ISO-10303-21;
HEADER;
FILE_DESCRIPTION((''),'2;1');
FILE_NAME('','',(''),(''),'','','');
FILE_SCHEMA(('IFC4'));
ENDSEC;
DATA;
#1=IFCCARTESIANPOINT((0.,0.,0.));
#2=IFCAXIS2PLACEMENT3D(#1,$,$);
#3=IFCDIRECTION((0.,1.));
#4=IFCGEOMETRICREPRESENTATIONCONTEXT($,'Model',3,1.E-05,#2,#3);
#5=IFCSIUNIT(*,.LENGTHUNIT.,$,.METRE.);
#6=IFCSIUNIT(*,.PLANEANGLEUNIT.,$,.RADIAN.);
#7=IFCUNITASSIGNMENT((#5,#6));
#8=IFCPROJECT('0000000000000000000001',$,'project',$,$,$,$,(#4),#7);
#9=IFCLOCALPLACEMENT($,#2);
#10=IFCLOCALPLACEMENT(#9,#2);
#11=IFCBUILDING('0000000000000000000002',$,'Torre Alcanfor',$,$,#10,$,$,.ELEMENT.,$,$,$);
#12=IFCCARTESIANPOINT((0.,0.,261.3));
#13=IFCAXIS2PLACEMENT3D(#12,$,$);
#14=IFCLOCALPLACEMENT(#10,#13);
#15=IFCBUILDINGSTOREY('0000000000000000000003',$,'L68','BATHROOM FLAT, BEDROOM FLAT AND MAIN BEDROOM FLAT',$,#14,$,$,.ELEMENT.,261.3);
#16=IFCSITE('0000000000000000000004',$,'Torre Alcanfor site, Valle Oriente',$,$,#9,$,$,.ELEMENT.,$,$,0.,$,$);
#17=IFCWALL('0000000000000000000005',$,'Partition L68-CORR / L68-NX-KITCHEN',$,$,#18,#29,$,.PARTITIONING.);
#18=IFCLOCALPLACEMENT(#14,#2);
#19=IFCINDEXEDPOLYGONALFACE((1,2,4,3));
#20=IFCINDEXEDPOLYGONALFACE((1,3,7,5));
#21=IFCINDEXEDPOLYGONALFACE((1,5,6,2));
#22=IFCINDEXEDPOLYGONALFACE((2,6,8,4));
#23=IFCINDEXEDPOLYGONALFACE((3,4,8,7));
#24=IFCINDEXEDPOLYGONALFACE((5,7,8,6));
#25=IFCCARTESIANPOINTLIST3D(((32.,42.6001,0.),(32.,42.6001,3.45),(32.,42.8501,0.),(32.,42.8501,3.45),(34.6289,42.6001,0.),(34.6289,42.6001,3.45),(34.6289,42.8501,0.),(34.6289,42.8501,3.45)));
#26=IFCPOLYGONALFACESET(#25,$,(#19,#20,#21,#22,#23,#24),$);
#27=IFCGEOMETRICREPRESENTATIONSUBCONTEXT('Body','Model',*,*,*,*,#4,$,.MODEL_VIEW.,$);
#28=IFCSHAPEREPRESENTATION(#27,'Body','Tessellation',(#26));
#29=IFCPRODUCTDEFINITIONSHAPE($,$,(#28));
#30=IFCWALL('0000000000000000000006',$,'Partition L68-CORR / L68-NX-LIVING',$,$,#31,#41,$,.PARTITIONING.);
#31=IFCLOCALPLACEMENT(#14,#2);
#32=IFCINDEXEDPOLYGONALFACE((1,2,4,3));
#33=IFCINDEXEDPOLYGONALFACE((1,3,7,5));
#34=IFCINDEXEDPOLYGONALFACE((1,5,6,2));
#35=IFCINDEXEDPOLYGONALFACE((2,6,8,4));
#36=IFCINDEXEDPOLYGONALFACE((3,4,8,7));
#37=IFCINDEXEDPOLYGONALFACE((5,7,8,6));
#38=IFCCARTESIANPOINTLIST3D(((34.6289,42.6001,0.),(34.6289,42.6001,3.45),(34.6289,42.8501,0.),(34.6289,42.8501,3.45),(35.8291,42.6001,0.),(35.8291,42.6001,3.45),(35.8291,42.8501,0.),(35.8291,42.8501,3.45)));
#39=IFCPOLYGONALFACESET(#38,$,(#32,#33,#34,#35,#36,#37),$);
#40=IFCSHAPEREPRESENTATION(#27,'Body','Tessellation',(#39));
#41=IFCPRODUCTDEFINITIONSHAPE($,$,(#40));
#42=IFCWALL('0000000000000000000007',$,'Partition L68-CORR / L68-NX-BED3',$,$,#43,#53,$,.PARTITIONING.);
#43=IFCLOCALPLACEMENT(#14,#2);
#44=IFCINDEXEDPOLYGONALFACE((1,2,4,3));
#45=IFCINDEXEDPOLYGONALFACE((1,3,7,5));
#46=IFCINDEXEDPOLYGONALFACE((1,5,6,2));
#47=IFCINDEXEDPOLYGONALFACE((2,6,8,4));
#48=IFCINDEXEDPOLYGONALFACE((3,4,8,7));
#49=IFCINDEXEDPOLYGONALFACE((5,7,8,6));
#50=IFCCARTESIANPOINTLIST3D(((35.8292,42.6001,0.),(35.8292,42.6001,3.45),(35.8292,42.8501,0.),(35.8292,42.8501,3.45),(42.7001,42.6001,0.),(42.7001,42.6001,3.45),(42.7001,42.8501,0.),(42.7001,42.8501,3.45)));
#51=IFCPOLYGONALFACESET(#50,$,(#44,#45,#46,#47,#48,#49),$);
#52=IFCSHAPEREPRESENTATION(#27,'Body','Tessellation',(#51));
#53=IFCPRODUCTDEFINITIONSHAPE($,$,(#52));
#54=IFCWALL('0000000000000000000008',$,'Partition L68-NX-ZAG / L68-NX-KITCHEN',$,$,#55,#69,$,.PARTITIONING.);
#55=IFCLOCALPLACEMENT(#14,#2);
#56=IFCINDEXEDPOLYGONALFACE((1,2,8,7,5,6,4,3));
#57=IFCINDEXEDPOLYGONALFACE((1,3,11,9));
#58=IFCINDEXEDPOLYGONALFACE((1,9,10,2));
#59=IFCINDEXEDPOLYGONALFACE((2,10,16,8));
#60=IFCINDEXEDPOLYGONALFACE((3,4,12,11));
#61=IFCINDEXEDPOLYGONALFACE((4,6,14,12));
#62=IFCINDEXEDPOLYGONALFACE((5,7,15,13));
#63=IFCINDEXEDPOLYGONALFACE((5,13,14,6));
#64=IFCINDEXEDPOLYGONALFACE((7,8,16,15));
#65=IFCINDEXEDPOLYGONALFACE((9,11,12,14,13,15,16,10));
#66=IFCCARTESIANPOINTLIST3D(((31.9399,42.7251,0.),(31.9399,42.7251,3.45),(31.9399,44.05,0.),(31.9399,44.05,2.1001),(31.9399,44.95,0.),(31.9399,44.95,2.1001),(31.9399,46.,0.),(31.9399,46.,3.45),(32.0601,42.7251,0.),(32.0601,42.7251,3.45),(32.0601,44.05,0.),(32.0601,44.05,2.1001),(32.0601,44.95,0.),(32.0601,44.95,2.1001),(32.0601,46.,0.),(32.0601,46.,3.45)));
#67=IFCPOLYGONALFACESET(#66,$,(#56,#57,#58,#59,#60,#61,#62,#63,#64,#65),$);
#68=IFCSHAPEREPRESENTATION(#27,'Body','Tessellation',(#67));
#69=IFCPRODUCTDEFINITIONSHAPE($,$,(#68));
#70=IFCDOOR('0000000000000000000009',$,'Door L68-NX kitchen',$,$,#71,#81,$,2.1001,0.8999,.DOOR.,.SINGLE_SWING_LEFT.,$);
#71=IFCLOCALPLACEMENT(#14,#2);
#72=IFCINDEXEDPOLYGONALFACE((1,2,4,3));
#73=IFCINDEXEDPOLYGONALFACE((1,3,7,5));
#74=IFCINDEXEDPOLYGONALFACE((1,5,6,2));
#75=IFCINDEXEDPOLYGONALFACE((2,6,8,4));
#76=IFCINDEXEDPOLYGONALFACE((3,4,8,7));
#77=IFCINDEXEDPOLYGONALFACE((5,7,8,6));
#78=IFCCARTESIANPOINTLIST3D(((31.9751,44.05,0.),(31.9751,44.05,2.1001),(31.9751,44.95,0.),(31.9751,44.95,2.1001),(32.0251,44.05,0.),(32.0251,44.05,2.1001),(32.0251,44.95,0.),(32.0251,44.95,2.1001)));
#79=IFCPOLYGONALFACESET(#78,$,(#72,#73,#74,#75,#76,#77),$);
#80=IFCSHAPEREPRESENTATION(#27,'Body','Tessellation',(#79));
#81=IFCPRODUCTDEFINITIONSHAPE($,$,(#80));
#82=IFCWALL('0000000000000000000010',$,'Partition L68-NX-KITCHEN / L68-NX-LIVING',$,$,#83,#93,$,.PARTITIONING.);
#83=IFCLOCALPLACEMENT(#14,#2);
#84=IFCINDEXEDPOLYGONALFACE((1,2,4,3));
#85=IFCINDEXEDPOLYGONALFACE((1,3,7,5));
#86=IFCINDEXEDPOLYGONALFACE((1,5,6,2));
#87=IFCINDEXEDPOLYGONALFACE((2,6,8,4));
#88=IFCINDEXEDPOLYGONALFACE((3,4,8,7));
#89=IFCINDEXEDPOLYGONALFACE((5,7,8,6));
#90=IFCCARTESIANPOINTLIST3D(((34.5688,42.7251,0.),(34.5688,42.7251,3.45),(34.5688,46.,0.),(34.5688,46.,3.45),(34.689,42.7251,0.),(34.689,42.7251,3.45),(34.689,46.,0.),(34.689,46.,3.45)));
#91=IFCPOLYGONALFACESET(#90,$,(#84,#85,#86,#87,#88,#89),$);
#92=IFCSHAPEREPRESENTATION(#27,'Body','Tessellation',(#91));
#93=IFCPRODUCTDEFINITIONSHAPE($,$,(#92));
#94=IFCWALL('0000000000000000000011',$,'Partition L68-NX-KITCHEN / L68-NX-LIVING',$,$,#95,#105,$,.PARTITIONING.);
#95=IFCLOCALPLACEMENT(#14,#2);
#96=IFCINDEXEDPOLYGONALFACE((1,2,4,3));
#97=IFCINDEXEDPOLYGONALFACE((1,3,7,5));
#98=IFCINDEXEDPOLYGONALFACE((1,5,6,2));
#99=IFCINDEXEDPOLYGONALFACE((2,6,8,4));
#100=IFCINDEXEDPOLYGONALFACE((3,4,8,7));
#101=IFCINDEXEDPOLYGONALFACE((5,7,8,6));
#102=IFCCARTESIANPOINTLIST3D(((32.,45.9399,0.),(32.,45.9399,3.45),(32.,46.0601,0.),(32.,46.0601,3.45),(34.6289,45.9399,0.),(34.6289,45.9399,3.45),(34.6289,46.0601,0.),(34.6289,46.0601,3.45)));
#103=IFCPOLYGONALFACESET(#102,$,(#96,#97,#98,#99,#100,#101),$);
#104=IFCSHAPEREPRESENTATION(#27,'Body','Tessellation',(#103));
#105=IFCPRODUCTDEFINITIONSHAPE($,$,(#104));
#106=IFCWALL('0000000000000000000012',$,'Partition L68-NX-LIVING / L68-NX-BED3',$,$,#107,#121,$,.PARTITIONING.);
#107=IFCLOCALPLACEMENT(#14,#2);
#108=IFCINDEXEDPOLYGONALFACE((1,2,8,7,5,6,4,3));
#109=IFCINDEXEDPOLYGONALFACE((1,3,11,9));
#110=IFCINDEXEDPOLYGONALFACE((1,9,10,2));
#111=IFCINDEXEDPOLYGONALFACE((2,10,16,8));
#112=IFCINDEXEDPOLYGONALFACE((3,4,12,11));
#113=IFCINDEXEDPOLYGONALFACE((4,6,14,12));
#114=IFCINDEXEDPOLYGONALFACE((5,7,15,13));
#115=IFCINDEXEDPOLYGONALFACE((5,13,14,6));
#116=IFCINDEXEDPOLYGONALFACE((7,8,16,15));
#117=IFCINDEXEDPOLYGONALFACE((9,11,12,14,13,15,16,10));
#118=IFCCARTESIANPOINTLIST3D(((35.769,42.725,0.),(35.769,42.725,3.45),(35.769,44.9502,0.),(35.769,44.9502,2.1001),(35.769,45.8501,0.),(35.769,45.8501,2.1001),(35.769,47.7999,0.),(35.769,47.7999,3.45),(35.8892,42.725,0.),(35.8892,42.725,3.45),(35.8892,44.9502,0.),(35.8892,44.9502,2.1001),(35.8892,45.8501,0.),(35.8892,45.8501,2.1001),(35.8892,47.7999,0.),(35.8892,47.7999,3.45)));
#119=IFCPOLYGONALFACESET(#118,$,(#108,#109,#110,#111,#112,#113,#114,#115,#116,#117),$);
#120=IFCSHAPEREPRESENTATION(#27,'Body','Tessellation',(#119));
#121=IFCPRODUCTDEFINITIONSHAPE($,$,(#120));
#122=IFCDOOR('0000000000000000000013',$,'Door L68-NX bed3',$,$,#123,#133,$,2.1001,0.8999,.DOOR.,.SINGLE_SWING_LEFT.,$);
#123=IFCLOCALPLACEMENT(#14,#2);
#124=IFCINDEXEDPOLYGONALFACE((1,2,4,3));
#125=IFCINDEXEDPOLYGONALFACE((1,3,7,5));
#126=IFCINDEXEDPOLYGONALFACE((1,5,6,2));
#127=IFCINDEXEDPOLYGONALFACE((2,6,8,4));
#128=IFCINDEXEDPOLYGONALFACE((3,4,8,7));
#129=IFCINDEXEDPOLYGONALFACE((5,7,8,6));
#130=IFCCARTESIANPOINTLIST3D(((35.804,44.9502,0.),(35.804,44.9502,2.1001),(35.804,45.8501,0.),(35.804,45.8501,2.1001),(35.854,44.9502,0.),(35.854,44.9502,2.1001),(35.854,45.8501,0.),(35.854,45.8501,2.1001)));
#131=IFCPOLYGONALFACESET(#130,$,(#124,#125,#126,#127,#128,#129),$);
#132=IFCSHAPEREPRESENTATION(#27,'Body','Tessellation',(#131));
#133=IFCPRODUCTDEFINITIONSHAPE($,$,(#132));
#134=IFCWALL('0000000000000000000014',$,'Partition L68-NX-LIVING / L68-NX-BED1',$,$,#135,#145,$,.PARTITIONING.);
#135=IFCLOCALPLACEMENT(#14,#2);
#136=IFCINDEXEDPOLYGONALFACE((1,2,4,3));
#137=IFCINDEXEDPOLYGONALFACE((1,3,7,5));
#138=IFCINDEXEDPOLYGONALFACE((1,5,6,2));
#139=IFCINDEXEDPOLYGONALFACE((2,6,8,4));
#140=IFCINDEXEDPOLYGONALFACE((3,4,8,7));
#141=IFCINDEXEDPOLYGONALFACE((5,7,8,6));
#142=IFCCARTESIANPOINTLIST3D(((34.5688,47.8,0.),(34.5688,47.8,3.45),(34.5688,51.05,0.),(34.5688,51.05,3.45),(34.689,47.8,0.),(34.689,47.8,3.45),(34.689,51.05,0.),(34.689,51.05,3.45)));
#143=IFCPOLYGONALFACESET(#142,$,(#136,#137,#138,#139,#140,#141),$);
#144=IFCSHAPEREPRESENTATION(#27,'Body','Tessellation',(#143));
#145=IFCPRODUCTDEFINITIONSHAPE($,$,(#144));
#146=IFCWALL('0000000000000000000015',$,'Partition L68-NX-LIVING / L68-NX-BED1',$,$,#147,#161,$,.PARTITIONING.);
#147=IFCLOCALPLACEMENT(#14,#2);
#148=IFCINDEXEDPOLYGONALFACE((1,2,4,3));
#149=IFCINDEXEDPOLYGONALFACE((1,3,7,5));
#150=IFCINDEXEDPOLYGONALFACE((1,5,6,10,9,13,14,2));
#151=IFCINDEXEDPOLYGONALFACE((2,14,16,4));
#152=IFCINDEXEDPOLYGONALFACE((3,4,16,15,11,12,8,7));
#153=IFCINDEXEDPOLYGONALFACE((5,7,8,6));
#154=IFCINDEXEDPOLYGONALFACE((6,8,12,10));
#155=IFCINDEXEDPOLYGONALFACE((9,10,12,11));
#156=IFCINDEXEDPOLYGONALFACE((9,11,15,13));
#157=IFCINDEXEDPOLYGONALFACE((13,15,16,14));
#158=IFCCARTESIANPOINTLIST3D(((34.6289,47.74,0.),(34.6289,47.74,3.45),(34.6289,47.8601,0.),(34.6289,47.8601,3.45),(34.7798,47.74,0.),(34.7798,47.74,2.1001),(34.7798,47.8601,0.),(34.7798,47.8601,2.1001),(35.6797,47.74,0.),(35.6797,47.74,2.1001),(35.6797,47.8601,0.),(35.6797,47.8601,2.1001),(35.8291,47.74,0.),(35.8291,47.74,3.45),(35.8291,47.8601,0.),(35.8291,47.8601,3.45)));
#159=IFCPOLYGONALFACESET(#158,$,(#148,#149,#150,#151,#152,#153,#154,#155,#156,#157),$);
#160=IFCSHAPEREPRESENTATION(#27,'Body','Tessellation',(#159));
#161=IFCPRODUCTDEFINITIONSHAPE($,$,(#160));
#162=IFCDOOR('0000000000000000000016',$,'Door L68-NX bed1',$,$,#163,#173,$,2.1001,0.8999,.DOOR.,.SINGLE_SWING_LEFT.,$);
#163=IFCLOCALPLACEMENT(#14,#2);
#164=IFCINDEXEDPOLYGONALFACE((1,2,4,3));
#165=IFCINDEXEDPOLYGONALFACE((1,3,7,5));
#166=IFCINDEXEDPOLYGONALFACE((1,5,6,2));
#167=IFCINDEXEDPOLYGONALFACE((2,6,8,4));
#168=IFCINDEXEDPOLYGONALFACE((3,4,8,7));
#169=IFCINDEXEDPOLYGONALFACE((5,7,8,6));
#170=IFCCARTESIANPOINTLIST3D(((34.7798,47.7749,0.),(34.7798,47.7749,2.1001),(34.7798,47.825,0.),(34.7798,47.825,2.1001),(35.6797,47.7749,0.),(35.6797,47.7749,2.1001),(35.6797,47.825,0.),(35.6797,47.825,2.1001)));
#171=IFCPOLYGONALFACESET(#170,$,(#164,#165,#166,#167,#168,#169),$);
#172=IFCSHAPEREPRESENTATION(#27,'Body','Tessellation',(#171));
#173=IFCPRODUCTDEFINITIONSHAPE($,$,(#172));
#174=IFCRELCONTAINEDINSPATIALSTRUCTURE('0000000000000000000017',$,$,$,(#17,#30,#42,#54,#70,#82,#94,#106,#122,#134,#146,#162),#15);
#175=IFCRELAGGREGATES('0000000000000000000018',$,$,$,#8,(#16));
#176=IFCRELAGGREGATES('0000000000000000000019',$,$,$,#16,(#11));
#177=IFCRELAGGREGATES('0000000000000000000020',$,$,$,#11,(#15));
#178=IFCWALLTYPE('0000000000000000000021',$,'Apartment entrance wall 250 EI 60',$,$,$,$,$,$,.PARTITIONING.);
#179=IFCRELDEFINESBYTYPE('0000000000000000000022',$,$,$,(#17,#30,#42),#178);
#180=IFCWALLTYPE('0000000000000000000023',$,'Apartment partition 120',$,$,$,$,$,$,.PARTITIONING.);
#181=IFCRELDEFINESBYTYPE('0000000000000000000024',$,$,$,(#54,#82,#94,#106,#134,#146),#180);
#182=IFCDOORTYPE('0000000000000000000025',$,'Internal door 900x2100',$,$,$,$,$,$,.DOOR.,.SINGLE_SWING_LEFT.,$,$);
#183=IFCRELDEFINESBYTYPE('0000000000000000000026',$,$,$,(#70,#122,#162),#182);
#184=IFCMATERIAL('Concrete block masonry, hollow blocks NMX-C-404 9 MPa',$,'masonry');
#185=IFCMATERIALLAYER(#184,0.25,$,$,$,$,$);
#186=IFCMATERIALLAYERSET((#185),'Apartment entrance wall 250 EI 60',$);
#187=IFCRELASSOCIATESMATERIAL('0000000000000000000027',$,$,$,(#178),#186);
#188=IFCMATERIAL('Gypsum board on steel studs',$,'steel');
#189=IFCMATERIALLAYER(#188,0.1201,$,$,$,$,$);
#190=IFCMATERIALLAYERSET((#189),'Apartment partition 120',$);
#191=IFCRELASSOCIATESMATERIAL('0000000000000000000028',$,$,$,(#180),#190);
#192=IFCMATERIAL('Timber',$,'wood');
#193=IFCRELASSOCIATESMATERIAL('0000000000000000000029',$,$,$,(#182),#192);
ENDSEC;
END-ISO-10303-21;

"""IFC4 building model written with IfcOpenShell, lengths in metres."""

from ifc_helpers import new_model, si_unit, direction, frame, frame_2d, origin, place, context, subcontext, project, spatial, rectangle, extrude, material, layer, layer_set, type_object, element, fill, save


model = new_model("IFC4")

# Units and contexts
model_context = context("Model", 3, precision=1e-05, world=origin(), true_north=direction((0.0, 1.0)))
body_context = subcontext(model_context, "Body", "Model", "MODEL_VIEW")
ifc_project = project(units=[si_unit("LENGTHUNIT", "METRE"), si_unit("PLANEANGLEUNIT", "RADIAN")], contexts=[model_context])

# Site, building, storey
site_placement = place(None, origin())
site = spatial("IfcSite", under=ifc_project, at=site_placement, Name="Torre Alcanfor site, Valle Oriente", CompositionType="ELEMENT", RefElevation=0.0)
building_placement = place(site_placement, origin())
building = spatial("IfcBuilding", under=site, at=building_placement, Name="Torre Alcanfor", CompositionType="ELEMENT")
storey_placement = place(building_placement, frame((0.0, 0.0, 261.3)))
storey = spatial("IfcBuildingStorey", under=building, at=storey_placement, Name="L68", Description="BATHROOM FLAT, BEDROOM FLAT AND MAIN BEDROOM FLAT", CompositionType="ELEMENT", Elevation=261.3)

# Walls
ifc_material_1 = material(Name="Concrete block masonry, hollow blocks NMX-C-404 9 MPa", Category="masonry")
ifc_layer_1 = layer(ifc_material_1, 0.25)
ifc_layer_set_1 = layer_set([ifc_layer_1], Name="Apartment entrance wall 250 EI 60")
wall_type_1 = type_object("IfcWallType", Name="Apartment entrance wall 250 EI 60", PredefinedType="PARTITIONING", material=ifc_layer_set_1)
wall_1_placement = place(storey_placement, frame((32.0, 42.7251, 0.0), z_axis=(0.0, 0.0, 1.0), x_axis=(1.0, 0.0, 0.0)))
element("IfcWall", 1, at=wall_1_placement, inside=storey, type_object=wall_type_1, Name="Partition L68-CORR / L68-NX-KITCHEN", PredefinedType="PARTITIONING", context=body_context, shape_type="SweptSolid", body=[
    extrude(rectangle(XDim=2.6289, YDim=0.25, at=frame_2d((1.3145, 0.0))), origin(), (0.0, 0.0, 1.0), 3.45),
])
wall_2_placement = place(storey_placement, frame((34.6289, 42.7251, 0.0), z_axis=(0.0, 0.0, 1.0), x_axis=(1.0, 0.0, 0.0)))
element("IfcWall", 2, at=wall_2_placement, inside=storey, type_object=wall_type_1, Name="Partition L68-CORR / L68-NX-LIVING", PredefinedType="PARTITIONING", context=body_context, shape_type="SweptSolid", body=[
    extrude(rectangle(XDim=1.2002, YDim=0.25, at=frame_2d((0.6001, 0.0))), origin(), (0.0, 0.0, 1.0), 3.45),
])
wall_3_placement = place(storey_placement, frame((35.8291, 42.7251, 0.0), z_axis=(0.0, 0.0, 1.0), x_axis=(1.0, 0.0, 0.0)))
element("IfcWall", 3, at=wall_3_placement, inside=storey, type_object=wall_type_1, Name="Partition L68-CORR / L68-NX-BED3", PredefinedType="PARTITIONING", context=body_context, shape_type="SweptSolid", body=[
    extrude(rectangle(XDim=6.8708, YDim=0.25, at=frame_2d((3.4355, 0.0))), origin(), (0.0, 0.0, 1.0), 3.45),
])

# Wall, opening, door
ifc_material_2 = material(Name="Gypsum board on steel studs", Category="steel")
ifc_layer_2 = layer(ifc_material_2, 0.1201)
ifc_layer_set_2 = layer_set([ifc_layer_2], Name="Apartment partition 120")
wall_type_2 = type_object("IfcWallType", Name="Apartment partition 120", PredefinedType="PARTITIONING", material=ifc_layer_set_2)
wall_4_placement = place(storey_placement, frame((32.0, 42.7251, 0.0), z_axis=(0.0, 0.0, 1.0), x_axis=(0.0, 1.0, 0.0)))
wall_4 = element("IfcWall", 4, at=wall_4_placement, inside=storey, type_object=wall_type_2, Name="Partition L68-NX-ZAG / L68-NX-KITCHEN", PredefinedType="PARTITIONING", context=body_context, shape_type="SweptSolid", body=[
    extrude(rectangle(XDim=3.2749, YDim=0.1201, at=frame_2d((1.6375, 0.0))), origin(), (0.0, 0.0, 1.0), 3.45),
])
opening_1_placement = place(wall_4_placement, frame((1.325, 0.0, 0.0)))
opening_1 = element("IfcOpeningElement", 5, at=opening_1_placement, cuts=wall_4, PredefinedType="OPENING", context=body_context, shape_type="SweptSolid", body=[
    extrude(rectangle(XDim=0.8999, YDim=2.1001, at=frame_2d((0.45, 1.05))), frame((0.0, 0.0701, 0.0), z_axis=(0.0, -1.0, 0.0), x_axis=(1.0, 0.0, 0.0)), (0.0, 0.0, 1.0), 0.1401),
])
ifc_material_3 = material(Name="Timber", Category="wood")
door_type = type_object("IfcDoorType", Name="Internal door 900x2100", OperationType="SINGLE_SWING_LEFT", PredefinedType="DOOR", material=ifc_material_3)
door_1_placement = place(opening_1_placement, frame((0.8999, 0.0, 0.0), z_axis=(0.0, 0.0, 1.0), x_axis=(-1.0, 0.0, 0.0)))
door_1 = element("IfcDoor", 6, at=door_1_placement, inside=storey, type_object=door_type, Name="Door L68-NX kitchen", OperationType="SINGLE_SWING_LEFT", OverallHeight=2.1001, OverallWidth=0.8999, PredefinedType="DOOR", context=body_context, shape_type="SweptSolid", body=[
    extrude(rectangle(XDim=0.8999, YDim=2.1001, at=frame_2d((0.45, 1.05))), frame((0.0, 0.0251, 0.0), z_axis=(0.0, -1.0, 0.0), x_axis=(1.0, 0.0, 0.0)), (0.0, 0.0, 1.0), 0.05),
])
fill(opening_1, door_1)

# Walls
wall_5_placement = place(storey_placement, frame((34.6289, 42.7251, 0.0), z_axis=(0.0, 0.0, 1.0), x_axis=(0.0, 1.0, 0.0)))
element("IfcWall", 7, at=wall_5_placement, inside=storey, type_object=wall_type_2, Name="Partition L68-NX-KITCHEN / L68-NX-LIVING", PredefinedType="PARTITIONING", context=body_context, shape_type="SweptSolid", body=[
    extrude(rectangle(XDim=3.2749, YDim=0.1201, at=frame_2d((1.6375, 0.0))), origin(), (0.0, 0.0, 1.0), 3.45),
])
wall_6_placement = place(storey_placement, frame((34.6289, 46.0, 0.0), z_axis=(0.0, 0.0, 1.0), x_axis=(-1.0, 0.0, 0.0)))
element("IfcWall", 8, at=wall_6_placement, inside=storey, type_object=wall_type_2, Name="Partition L68-NX-KITCHEN / L68-NX-LIVING", PredefinedType="PARTITIONING", context=body_context, shape_type="SweptSolid", body=[
    extrude(rectangle(XDim=2.6289, YDim=0.1201, at=frame_2d((1.3145, 0.0))), origin(), (0.0, 0.0, 1.0), 3.45),
])

# Wall, opening, door
wall_7_placement = place(storey_placement, frame((35.8291, 47.8, 0.0), z_axis=(0.0, 0.0, 1.0), x_axis=(0.0, -1.0, 0.0)))
wall_7 = element("IfcWall", 9, at=wall_7_placement, inside=storey, type_object=wall_type_2, Name="Partition L68-NX-LIVING / L68-NX-BED3", PredefinedType="PARTITIONING", context=body_context, shape_type="SweptSolid", body=[
    extrude(rectangle(XDim=5.075, YDim=0.1201, at=frame_2d((2.5376, 0.0))), origin(), (0.0, 0.0, 1.0), 3.45),
])
opening_2_placement = place(wall_7_placement, frame((1.95, 0.0, 0.0)))
opening_2 = element("IfcOpeningElement", 10, at=opening_2_placement, cuts=wall_7, PredefinedType="OPENING", context=body_context, shape_type="SweptSolid", body=[
    extrude(rectangle(XDim=0.8999, YDim=2.1001, at=frame_2d((0.45, 1.05))), frame((0.0, 0.0701, 0.0), z_axis=(0.0, -1.0, 0.0), x_axis=(1.0, 0.0, 0.0)), (0.0, 0.0, 1.0), 0.1401),
])
door_2_placement = place(opening_2_placement, origin())
door_2 = element("IfcDoor", 11, at=door_2_placement, inside=storey, type_object=door_type, Name="Door L68-NX bed3", OperationType="SINGLE_SWING_LEFT", OverallHeight=2.1001, OverallWidth=0.8999, PredefinedType="DOOR", context=body_context, shape_type="SweptSolid", body=[
    extrude(rectangle(XDim=0.8999, YDim=2.1001, at=frame_2d((0.45, 1.05))), frame((0.0, 0.0249, 0.0), z_axis=(0.0, -1.0, 0.0), x_axis=(1.0, 0.0, 0.0)), (0.0, 0.0, 1.0), 0.05),
])
fill(opening_2, door_2)

# Wall
wall_8_placement = place(storey_placement, frame((34.6289, 51.05, 0.0), z_axis=(0.0, 0.0, 1.0), x_axis=(0.0, -1.0, 0.0)))
element("IfcWall", 12, at=wall_8_placement, inside=storey, type_object=wall_type_2, Name="Partition L68-NX-LIVING / L68-NX-BED1", PredefinedType="PARTITIONING", context=body_context, shape_type="SweptSolid", body=[
    extrude(rectangle(XDim=3.25, YDim=0.1201, at=frame_2d((1.625, 0.0))), origin(), (0.0, 0.0, 1.0), 3.45),
])

# Wall, opening, door
wall_9_placement = place(storey_placement, frame((34.6289, 47.8, 0.0), z_axis=(0.0, 0.0, 1.0), x_axis=(1.0, 0.0, 0.0)))
wall_9 = element("IfcWall", 13, at=wall_9_placement, inside=storey, type_object=wall_type_2, Name="Partition L68-NX-LIVING / L68-NX-BED1", PredefinedType="PARTITIONING", context=body_context, shape_type="SweptSolid", body=[
    extrude(rectangle(XDim=1.2002, YDim=0.1201, at=frame_2d((0.6001, 0.0))), origin(), (0.0, 0.0, 1.0), 3.45),
])
opening_3_placement = place(wall_9_placement, frame((0.1509, 0.0, 0.0)))
opening_3 = element("IfcOpeningElement", 14, at=opening_3_placement, cuts=wall_9, PredefinedType="OPENING", context=body_context, shape_type="SweptSolid", body=[
    extrude(rectangle(XDim=0.8999, YDim=2.1001, at=frame_2d((0.45, 1.05))), frame((0.0, 0.0701, 0.0), z_axis=(0.0, -1.0, 0.0), x_axis=(1.0, 0.0, 0.0)), (0.0, 0.0, 1.0), 0.1401),
])
door_3_placement = place(opening_3_placement, origin())
door_3 = element("IfcDoor", 15, at=door_3_placement, inside=storey, type_object=door_type, Name="Door L68-NX bed1", OperationType="SINGLE_SWING_LEFT", OverallHeight=2.1001, OverallWidth=0.8999, PredefinedType="DOOR", context=body_context, shape_type="SweptSolid", body=[
    extrude(rectangle(XDim=0.8999, YDim=2.1001, at=frame_2d((0.45, 1.05))), frame((0.0, 0.0249, 0.0), z_axis=(0.0, -1.0, 0.0), x_axis=(1.0, 0.0, 0.0)), (0.0, 0.0, 1.0), 0.05),
])
fill(opening_3, door_3)

save(model, "model.ifc")
